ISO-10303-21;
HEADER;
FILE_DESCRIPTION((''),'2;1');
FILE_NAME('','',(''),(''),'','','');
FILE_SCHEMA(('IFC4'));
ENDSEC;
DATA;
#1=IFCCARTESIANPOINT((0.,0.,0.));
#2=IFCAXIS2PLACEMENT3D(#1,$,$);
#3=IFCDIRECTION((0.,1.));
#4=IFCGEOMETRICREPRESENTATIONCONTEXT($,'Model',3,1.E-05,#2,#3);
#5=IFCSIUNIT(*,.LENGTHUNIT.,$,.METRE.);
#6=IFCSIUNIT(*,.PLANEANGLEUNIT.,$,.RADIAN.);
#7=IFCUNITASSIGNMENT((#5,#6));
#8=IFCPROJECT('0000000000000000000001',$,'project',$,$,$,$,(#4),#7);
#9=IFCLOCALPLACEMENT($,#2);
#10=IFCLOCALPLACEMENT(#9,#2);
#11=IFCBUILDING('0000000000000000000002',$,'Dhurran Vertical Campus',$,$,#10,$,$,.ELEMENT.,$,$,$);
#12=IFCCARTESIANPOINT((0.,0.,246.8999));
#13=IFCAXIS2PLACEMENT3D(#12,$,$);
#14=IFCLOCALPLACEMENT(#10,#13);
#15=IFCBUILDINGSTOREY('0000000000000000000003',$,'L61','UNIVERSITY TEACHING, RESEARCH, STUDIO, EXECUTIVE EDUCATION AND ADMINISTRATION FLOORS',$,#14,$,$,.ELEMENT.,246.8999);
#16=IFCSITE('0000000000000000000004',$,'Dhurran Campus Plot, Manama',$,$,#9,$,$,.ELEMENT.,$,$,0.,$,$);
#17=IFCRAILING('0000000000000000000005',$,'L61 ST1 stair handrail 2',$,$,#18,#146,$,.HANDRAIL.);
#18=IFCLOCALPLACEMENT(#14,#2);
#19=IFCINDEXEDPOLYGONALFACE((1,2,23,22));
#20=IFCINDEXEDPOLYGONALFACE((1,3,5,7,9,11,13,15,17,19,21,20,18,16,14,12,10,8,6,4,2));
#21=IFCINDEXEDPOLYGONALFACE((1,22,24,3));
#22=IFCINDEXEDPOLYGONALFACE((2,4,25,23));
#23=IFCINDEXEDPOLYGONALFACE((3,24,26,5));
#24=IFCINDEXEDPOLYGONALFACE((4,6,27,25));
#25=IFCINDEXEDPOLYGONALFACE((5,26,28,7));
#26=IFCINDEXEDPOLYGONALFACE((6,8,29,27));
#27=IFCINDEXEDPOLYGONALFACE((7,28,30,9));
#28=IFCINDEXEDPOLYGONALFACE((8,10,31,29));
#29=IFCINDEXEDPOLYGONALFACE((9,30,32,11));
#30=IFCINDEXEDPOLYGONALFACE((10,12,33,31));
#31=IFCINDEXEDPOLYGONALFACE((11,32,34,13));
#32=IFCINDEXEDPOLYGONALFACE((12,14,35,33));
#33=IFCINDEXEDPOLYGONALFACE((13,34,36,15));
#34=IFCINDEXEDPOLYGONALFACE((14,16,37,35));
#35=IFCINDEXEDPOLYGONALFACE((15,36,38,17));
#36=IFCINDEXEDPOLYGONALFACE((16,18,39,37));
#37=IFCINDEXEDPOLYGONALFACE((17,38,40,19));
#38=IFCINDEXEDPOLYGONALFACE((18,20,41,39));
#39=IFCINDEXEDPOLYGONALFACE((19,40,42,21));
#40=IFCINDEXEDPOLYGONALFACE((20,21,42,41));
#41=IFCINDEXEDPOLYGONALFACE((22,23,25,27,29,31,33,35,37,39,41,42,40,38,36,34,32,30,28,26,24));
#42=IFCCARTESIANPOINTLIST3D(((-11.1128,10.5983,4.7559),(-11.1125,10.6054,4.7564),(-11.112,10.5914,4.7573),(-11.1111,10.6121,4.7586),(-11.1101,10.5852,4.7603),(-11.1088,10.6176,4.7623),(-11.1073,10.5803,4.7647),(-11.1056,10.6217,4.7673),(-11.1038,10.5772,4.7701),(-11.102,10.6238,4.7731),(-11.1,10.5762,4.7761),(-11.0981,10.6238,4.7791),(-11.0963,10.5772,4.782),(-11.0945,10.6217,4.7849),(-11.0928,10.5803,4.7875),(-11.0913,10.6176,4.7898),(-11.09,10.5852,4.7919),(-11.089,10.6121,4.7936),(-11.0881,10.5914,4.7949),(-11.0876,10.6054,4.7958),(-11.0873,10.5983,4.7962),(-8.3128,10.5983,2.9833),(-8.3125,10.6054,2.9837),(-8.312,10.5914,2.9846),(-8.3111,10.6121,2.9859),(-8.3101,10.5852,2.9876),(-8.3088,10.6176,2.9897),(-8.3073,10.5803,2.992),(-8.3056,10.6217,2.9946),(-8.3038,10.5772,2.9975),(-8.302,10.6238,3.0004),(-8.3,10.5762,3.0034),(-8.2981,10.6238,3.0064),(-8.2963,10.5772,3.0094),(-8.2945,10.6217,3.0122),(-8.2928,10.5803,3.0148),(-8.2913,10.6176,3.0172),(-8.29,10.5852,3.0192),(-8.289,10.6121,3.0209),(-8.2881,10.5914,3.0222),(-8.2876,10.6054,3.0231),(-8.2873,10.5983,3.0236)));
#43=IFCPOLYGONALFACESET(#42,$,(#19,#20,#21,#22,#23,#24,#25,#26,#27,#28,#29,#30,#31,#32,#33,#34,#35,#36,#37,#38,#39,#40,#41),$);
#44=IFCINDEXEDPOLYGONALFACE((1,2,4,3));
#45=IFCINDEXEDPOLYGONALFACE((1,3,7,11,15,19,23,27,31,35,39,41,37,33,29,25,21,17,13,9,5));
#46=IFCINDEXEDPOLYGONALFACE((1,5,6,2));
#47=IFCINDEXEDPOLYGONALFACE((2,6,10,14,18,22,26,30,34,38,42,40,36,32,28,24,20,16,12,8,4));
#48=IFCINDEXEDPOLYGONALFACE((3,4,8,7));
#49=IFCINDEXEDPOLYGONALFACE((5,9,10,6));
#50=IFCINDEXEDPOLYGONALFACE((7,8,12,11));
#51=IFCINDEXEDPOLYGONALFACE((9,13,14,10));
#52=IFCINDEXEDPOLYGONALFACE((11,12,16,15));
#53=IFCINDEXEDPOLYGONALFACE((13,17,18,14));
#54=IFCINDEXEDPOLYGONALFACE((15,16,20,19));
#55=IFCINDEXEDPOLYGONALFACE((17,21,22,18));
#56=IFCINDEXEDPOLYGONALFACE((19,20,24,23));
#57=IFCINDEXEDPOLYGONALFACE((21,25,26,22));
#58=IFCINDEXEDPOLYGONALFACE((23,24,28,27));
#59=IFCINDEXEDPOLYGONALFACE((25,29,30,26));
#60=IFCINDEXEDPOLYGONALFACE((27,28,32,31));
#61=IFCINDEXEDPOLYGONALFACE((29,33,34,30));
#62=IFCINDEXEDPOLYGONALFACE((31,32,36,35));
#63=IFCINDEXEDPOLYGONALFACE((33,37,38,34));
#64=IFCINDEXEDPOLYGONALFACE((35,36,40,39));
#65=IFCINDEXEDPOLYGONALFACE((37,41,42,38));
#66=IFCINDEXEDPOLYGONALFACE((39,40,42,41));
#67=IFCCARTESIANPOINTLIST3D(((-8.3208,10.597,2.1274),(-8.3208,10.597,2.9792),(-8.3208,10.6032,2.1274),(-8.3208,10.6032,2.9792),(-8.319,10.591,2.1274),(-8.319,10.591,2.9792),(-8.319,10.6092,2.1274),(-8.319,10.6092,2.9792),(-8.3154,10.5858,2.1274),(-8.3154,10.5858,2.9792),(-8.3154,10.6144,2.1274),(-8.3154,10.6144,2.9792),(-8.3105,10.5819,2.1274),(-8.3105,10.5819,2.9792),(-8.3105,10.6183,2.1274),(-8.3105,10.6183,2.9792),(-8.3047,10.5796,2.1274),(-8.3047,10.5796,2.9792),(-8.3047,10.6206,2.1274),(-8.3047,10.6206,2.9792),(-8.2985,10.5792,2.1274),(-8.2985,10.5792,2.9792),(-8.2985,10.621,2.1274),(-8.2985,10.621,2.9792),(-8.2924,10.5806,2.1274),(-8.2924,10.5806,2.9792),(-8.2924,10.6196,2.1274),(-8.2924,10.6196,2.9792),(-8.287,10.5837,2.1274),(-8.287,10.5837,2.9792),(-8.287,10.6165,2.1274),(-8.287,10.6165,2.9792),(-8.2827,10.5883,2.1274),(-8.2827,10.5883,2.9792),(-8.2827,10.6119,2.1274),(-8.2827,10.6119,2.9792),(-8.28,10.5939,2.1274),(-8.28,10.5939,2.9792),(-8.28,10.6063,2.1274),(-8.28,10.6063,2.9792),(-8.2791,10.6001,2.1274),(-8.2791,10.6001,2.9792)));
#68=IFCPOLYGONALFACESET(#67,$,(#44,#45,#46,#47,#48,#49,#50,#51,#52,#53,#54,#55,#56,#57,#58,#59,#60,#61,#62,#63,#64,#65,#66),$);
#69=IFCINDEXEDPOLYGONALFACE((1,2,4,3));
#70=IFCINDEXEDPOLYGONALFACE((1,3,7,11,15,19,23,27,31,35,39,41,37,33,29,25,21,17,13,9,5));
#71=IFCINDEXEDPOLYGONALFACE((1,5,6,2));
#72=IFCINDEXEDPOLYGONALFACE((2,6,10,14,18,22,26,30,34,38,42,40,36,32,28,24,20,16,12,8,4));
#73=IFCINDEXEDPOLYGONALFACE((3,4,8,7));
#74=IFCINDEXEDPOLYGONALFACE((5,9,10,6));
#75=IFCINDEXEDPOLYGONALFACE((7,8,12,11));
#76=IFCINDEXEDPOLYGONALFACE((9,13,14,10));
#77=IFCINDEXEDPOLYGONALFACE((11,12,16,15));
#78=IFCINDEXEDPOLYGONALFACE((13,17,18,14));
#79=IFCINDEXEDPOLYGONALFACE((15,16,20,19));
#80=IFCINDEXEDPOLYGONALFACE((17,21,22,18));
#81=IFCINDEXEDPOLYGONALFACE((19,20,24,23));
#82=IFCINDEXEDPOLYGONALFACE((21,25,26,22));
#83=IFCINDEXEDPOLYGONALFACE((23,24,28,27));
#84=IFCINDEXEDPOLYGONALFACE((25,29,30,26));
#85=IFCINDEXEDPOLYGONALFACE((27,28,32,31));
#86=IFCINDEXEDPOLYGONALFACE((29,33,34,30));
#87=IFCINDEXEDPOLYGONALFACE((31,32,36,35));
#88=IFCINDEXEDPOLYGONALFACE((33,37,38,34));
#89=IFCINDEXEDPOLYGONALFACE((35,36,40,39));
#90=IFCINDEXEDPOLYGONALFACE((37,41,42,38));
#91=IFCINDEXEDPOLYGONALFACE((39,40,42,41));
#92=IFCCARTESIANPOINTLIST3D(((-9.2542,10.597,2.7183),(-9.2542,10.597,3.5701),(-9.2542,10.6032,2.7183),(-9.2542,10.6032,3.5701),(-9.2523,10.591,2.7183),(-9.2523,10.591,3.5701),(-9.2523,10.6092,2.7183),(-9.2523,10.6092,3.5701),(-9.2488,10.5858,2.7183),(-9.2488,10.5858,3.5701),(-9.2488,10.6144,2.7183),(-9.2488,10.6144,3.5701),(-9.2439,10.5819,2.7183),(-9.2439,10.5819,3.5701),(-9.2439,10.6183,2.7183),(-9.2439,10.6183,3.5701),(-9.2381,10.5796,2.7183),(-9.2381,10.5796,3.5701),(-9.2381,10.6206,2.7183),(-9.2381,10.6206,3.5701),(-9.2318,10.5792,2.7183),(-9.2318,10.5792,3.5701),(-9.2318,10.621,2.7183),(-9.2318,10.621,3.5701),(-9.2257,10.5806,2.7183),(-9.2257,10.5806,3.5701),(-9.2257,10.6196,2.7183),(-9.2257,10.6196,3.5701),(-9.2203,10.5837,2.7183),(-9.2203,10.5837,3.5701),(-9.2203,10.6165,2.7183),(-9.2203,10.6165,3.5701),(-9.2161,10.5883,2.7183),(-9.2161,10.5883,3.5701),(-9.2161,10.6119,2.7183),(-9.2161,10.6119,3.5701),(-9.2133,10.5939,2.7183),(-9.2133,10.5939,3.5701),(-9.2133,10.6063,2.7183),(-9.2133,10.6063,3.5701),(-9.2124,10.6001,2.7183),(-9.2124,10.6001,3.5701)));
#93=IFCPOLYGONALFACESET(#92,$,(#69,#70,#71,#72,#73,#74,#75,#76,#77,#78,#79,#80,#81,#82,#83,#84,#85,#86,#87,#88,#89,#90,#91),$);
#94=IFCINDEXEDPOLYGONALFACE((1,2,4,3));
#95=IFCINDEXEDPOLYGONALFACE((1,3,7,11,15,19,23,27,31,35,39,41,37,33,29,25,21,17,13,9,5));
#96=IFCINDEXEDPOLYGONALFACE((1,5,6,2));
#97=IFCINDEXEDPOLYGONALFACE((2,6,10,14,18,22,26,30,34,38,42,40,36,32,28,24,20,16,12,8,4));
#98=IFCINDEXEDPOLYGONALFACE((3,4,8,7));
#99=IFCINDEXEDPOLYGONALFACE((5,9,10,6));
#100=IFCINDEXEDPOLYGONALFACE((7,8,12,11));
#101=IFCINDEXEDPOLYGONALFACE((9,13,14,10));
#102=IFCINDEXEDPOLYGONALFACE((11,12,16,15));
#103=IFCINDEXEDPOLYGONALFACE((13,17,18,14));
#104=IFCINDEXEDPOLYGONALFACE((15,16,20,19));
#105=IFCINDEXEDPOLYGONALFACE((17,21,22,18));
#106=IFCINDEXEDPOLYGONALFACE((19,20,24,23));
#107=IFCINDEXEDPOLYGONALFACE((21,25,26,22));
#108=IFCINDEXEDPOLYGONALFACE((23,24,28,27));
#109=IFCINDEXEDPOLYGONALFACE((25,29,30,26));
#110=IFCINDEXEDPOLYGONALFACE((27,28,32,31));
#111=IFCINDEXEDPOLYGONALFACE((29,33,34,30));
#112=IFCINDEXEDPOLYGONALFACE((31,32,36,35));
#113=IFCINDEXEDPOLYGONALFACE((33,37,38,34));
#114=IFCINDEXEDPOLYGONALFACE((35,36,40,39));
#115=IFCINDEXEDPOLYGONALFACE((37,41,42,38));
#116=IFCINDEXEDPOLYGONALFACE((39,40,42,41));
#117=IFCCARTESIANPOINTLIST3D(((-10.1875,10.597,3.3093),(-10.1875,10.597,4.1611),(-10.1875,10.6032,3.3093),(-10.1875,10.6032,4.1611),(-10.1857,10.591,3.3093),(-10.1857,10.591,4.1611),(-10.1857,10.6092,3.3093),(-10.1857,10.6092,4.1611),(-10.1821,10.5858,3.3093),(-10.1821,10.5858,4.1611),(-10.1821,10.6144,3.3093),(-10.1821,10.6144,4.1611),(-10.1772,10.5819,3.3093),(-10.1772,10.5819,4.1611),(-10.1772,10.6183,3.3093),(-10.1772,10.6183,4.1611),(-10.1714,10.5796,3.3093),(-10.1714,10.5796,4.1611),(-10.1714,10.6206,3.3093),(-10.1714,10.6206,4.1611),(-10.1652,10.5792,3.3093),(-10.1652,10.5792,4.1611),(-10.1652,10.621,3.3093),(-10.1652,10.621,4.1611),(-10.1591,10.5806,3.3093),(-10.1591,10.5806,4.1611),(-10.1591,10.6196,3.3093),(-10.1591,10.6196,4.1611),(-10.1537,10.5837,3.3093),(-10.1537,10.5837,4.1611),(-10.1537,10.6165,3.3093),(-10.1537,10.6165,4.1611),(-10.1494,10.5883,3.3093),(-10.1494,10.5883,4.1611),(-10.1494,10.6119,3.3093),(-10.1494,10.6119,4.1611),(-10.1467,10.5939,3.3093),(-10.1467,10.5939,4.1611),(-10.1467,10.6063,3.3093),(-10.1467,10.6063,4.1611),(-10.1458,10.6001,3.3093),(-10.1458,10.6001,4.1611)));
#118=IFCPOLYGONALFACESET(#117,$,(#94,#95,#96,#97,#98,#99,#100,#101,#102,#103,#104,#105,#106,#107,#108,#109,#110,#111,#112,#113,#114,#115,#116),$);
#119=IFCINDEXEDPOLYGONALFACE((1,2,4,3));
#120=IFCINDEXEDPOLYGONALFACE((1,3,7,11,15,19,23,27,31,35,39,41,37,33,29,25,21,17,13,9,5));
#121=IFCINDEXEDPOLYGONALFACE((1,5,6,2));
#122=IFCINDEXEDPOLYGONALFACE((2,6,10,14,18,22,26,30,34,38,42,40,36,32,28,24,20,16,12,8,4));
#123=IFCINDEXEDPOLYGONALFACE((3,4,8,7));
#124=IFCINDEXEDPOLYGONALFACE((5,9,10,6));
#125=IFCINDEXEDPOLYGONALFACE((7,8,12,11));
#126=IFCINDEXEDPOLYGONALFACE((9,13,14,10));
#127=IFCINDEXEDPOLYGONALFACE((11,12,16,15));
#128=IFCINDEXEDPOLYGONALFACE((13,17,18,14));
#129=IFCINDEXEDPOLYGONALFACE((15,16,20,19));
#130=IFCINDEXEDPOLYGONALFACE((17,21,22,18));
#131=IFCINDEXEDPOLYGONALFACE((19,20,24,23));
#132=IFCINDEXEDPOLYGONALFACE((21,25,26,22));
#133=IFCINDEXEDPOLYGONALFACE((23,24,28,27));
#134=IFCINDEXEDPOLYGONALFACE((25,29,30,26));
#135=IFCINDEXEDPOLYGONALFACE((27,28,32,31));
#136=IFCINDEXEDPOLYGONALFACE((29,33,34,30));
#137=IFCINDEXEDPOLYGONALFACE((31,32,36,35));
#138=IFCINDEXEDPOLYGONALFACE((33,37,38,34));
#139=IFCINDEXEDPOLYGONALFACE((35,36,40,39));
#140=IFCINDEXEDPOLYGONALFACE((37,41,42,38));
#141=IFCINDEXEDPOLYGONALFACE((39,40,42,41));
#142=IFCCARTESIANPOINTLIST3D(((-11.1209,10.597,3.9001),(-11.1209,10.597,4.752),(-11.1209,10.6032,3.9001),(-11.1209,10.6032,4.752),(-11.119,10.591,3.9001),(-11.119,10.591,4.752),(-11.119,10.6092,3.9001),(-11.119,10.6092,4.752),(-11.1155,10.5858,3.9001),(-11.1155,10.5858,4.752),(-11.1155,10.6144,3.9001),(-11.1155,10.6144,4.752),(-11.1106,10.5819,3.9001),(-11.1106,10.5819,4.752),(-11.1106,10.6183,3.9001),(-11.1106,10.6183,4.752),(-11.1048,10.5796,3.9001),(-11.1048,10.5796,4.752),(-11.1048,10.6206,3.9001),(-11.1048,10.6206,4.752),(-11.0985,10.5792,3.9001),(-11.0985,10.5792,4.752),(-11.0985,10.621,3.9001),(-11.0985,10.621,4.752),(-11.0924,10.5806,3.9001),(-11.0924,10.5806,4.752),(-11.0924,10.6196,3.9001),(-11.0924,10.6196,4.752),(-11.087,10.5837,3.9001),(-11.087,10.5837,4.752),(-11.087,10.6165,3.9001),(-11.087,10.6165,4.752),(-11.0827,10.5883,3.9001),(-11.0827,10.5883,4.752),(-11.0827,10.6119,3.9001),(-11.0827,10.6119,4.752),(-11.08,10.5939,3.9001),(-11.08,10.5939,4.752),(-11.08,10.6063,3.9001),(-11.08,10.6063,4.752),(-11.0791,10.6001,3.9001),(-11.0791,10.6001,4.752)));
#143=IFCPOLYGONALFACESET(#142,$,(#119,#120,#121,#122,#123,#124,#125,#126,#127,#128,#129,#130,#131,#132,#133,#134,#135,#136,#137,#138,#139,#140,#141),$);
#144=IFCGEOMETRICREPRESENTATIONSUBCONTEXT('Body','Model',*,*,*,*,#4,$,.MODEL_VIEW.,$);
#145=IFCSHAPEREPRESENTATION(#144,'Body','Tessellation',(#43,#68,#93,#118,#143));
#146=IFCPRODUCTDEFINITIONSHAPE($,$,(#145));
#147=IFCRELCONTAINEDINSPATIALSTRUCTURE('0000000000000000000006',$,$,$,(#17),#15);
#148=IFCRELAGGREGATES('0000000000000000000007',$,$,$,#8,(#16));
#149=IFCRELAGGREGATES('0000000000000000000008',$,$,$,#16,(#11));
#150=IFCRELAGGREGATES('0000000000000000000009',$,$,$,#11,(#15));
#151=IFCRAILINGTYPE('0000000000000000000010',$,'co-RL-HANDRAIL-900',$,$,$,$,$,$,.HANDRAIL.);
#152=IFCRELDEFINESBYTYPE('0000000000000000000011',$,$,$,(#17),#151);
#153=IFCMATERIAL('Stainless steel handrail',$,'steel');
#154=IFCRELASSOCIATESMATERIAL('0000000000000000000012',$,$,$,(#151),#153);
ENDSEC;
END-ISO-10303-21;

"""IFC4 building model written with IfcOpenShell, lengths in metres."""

from ifc_helpers import new_model, si_unit, direction, frame, origin, origin_2d, place, context, subcontext, project, spatial, circle, extrude, material, type_object, element, save


model = new_model("IFC4")

# Units and contexts
model_context = context("Model", 3, precision=1e-05, world=origin(), true_north=direction((0.0, 1.0)))
body_context = subcontext(model_context, "Body", "Model", "MODEL_VIEW")
ifc_project = project(units=[si_unit("LENGTHUNIT", "METRE"), si_unit("PLANEANGLEUNIT", "RADIAN")], contexts=[model_context])

# Site, building, storey
site_placement = place(None, origin())
site = spatial("IfcSite", under=ifc_project, at=site_placement, Name="Dhurran Campus Plot, Manama", CompositionType="ELEMENT", RefElevation=0.0)
building_placement = place(site_placement, origin())
building = spatial("IfcBuilding", under=site, at=building_placement, Name="Dhurran Vertical Campus", CompositionType="ELEMENT")
storey_placement = place(building_placement, frame((0.0, 0.0, 246.8999)))
storey = spatial("IfcBuildingStorey", under=building, at=storey_placement, Name="L61", Description="UNIVERSITY TEACHING, RESEARCH, STUDIO, EXECUTIVE EDUCATION AND ADMINISTRATION FLOORS", CompositionType="ELEMENT", Elevation=246.8999)

# Railing
ifc_material_1 = material(Name="Stainless steel handrail", Category="steel")
railing_type_1 = type_object("IfcRailingType", Name="co-RL-HANDRAIL-900", PredefinedType="HANDRAIL", material=ifc_material_1)
railing_1_placement = place(storey_placement, frame((-8.3, 10.6001, 2.1274)))
element("IfcRailing", 1, at=railing_1_placement, inside=storey, type_object=railing_type_1, Name="L61 ST1 stair handrail 2", PredefinedType="HANDRAIL", context=body_context, shape_type="SweptSolid", body=[
    extrude(circle(Radius=0.0239, at=origin_2d()), frame((0.0, 0.0, 0.876), z_axis=(-0.844909, 0.0, 0.53491), x_axis=(0.0, -1.0, 0.0)), (0.0, 0.0, 1.0), 3.314),
    extrude(circle(Radius=0.021, at=origin_2d()), origin(), (0.0, 0.0, 1.0), 0.8518),
    extrude(circle(Radius=0.021, at=origin_2d()), frame((-0.9333, 0.0, 0.5908)), (0.0, 0.0, 1.0), 0.8518),
    extrude(circle(Radius=0.021, at=origin_2d()), frame((-1.8667, 0.0, 1.1819)), (0.0, 0.0, 1.0), 0.8518),
    extrude(circle(Radius=0.021, at=origin_2d()), frame((-2.8, 0.0, 1.7727)), (0.0, 0.0, 1.0), 0.8518),
])

save(model, "model.ifc")
